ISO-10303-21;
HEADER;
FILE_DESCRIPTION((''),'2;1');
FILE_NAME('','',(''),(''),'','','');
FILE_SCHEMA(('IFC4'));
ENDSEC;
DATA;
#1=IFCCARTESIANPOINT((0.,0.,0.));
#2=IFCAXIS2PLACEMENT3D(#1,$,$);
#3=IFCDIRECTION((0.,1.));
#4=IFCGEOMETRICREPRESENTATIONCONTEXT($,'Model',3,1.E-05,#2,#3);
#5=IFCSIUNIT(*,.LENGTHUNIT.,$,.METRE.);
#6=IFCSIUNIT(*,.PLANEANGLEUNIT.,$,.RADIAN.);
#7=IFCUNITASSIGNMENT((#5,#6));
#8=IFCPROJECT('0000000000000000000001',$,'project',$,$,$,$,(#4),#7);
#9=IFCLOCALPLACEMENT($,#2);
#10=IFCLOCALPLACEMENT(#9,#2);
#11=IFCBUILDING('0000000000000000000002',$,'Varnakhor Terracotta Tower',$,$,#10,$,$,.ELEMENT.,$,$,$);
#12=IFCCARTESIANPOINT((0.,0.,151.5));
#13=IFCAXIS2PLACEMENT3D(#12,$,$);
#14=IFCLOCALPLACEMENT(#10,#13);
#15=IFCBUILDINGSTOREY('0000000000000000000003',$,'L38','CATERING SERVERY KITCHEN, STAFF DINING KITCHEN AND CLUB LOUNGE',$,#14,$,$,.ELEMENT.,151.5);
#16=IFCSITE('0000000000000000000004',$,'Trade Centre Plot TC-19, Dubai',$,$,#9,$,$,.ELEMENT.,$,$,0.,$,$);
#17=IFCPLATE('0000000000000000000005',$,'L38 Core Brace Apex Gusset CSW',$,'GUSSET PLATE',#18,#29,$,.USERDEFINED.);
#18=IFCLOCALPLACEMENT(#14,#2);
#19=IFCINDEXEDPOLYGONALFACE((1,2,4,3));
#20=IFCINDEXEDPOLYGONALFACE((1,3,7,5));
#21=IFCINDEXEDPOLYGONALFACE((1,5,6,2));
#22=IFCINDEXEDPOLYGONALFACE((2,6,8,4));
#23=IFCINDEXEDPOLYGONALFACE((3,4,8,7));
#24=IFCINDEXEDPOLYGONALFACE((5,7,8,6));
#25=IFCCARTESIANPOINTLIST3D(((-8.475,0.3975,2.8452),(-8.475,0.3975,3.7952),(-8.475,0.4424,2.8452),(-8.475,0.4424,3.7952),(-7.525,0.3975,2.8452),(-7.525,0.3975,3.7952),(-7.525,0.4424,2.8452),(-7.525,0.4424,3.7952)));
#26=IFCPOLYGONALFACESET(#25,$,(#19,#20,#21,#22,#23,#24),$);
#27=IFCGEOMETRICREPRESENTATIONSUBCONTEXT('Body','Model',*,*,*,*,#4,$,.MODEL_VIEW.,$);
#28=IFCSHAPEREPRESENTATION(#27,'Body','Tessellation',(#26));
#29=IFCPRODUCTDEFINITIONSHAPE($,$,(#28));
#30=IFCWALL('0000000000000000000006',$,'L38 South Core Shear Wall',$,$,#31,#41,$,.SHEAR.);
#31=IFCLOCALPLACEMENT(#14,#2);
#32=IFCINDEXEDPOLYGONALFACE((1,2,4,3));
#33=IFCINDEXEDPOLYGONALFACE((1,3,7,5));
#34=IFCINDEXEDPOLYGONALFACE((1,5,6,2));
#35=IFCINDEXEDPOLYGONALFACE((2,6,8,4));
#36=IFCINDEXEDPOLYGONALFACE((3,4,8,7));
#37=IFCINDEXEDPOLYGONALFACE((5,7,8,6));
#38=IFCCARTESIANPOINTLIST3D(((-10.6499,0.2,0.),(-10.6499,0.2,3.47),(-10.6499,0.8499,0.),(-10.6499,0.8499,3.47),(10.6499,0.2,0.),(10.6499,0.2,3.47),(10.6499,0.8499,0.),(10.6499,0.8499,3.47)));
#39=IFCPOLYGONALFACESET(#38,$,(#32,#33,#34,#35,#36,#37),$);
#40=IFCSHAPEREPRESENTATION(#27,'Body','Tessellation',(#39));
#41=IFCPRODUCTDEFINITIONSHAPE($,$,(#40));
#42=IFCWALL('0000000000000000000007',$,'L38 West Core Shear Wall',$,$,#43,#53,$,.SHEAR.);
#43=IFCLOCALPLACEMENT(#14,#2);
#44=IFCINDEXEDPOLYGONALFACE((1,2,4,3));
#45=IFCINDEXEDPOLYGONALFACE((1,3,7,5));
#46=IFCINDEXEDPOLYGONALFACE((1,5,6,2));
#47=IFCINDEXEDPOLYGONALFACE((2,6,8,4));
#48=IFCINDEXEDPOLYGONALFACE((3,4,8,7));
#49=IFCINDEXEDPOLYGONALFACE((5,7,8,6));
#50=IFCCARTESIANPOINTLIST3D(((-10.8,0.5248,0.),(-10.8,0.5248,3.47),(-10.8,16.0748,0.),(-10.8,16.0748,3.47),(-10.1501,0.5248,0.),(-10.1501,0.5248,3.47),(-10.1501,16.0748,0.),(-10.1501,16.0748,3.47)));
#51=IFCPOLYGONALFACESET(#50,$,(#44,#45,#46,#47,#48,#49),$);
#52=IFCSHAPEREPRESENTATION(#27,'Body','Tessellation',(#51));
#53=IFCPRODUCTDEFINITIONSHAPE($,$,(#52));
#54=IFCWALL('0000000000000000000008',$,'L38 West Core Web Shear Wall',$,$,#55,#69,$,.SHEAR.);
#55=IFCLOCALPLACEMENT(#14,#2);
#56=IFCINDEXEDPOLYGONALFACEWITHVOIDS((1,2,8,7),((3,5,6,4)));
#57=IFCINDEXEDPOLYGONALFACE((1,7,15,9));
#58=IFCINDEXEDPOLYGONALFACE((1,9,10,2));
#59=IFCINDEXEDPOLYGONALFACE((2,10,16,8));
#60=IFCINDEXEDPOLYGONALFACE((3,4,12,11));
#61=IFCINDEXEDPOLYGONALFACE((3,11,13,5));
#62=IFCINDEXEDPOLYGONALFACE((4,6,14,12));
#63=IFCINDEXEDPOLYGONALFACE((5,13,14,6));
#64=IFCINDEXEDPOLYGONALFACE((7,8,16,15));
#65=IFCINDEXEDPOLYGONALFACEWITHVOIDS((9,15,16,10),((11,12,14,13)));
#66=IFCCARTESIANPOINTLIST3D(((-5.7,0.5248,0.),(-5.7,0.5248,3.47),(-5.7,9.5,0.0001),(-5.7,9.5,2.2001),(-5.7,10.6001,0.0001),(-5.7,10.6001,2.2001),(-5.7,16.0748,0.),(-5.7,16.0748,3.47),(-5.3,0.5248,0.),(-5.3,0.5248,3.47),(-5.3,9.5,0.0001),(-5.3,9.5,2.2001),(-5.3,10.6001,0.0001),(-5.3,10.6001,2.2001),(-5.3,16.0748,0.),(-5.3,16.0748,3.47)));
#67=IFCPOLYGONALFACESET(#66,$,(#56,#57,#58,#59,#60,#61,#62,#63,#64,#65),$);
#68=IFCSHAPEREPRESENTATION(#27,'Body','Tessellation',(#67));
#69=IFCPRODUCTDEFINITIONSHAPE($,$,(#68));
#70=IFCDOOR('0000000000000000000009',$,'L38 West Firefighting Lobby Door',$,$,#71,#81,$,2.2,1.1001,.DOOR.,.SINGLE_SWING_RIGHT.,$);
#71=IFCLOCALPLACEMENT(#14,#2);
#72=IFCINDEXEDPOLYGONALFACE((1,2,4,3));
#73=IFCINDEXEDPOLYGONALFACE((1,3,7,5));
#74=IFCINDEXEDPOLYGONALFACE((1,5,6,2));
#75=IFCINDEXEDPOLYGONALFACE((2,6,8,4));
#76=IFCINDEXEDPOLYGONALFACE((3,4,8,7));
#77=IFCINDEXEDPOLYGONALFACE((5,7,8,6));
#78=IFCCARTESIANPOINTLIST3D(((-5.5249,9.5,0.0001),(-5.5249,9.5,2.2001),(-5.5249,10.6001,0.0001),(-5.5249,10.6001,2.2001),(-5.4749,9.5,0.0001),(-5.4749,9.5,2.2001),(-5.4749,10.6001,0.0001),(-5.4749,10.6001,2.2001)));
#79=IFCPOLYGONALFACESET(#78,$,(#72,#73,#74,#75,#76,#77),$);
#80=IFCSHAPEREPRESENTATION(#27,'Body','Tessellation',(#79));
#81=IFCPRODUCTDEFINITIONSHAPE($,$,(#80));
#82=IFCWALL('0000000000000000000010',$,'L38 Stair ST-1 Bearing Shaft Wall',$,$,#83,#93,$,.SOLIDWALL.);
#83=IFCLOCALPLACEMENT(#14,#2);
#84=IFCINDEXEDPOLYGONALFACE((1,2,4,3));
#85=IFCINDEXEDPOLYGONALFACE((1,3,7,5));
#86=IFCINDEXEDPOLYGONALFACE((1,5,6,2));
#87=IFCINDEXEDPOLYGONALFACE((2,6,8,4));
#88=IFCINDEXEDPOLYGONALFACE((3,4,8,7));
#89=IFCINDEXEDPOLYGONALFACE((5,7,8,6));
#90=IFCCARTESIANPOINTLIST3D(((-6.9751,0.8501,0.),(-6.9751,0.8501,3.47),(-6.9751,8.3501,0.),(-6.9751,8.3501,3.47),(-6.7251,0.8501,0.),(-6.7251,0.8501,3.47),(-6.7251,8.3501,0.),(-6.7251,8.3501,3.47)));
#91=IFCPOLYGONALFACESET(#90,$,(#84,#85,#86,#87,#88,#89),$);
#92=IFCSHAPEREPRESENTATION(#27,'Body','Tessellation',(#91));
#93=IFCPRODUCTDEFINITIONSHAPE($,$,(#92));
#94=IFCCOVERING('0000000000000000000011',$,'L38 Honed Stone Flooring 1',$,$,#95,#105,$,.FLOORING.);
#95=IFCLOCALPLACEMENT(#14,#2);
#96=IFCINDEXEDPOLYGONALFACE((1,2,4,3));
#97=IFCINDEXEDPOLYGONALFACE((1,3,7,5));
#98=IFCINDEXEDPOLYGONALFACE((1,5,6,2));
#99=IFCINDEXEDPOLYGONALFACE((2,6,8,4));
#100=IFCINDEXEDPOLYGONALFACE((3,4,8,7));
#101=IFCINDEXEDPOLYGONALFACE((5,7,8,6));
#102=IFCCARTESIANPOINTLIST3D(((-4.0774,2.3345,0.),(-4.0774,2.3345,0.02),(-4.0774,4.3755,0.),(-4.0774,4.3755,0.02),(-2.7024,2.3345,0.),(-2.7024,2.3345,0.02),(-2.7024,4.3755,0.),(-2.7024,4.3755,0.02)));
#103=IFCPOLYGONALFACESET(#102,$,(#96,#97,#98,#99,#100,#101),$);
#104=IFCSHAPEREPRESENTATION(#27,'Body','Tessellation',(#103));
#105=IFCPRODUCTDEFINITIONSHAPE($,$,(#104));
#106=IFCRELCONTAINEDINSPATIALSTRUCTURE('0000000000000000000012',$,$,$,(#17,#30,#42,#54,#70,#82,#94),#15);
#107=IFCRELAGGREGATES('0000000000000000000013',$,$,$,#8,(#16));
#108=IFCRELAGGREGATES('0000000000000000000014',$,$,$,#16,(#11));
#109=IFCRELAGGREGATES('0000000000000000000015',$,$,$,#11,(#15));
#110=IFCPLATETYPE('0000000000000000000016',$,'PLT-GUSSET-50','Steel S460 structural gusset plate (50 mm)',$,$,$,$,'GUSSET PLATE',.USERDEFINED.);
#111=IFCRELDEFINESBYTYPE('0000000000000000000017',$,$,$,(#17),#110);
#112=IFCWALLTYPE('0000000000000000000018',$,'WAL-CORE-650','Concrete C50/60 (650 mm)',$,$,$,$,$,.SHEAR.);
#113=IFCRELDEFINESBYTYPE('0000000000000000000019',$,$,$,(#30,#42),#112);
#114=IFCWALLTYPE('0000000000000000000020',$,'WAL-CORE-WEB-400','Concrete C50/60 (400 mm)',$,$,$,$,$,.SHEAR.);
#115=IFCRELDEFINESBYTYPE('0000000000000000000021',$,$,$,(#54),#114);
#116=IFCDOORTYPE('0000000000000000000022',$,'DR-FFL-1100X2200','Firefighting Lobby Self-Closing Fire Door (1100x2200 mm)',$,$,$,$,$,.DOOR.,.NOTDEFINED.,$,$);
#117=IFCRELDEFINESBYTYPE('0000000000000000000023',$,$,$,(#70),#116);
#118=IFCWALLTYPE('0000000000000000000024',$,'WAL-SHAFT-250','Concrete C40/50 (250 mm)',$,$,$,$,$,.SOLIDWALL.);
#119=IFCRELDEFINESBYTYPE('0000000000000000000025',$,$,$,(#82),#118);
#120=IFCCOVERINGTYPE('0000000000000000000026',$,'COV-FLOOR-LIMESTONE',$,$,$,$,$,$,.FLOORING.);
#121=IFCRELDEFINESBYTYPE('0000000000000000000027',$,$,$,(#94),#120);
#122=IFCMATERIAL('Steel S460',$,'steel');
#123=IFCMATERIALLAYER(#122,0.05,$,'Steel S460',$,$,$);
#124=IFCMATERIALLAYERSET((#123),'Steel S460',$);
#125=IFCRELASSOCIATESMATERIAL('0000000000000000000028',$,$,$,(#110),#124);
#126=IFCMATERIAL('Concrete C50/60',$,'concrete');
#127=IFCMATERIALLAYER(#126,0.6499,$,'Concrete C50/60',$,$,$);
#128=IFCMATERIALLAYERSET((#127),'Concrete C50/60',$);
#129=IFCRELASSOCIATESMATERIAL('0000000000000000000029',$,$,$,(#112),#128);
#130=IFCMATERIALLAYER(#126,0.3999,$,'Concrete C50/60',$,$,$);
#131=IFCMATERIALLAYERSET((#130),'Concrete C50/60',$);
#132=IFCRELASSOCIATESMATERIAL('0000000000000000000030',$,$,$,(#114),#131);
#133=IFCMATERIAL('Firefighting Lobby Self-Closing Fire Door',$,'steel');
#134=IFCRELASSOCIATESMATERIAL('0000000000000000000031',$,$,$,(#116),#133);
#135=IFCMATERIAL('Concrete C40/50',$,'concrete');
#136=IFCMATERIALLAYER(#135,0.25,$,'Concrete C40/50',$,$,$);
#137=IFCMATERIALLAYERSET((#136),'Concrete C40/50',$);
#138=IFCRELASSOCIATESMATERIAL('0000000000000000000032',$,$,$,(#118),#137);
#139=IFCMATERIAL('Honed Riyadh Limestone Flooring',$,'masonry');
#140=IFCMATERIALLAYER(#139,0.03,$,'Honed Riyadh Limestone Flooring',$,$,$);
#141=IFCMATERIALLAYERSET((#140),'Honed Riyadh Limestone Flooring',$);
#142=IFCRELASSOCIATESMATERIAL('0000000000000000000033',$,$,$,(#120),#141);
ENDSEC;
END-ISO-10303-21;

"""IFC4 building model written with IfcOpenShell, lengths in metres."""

from ifc_helpers import new_model, si_unit, direction, frame, frame_2d, origin, origin_2d, place, context, subcontext, project, spatial, rectangle, extrude, source, transform, mapped, material, layer, layer_set, type_object, type_shapes, element, fill, save


model = new_model("IFC4")

# Units and contexts
model_context = context("Model", 3, precision=1e-05, world=origin(), true_north=direction((0.0, 1.0)))
body_context = subcontext(model_context, "Body", "Model", "MODEL_VIEW")
ifc_project = project(units=[si_unit("LENGTHUNIT", "METRE"), si_unit("PLANEANGLEUNIT", "RADIAN")], contexts=[model_context])

# Site, building, storey
site_placement = place(None, origin())
site = spatial("IfcSite", under=ifc_project, at=site_placement, Name="Trade Centre Plot TC-19, Dubai", CompositionType="ELEMENT", RefElevation=0.0)
building_placement = place(site_placement, origin())
building = spatial("IfcBuilding", under=site, at=building_placement, Name="Varnakhor Terracotta Tower", CompositionType="ELEMENT")
storey_placement = place(building_placement, frame((0.0, 0.0, 151.5)))
storey = spatial("IfcBuildingStorey", under=building, at=storey_placement, Name="L38", Description="CATERING SERVERY KITCHEN, STAFF DINING KITCHEN AND CLUB LOUNGE", CompositionType="ELEMENT", Elevation=151.5)

# Shared definitions
ifc_material_1 = material(Name="Concrete C50/60", Category="concrete")

# Shared definitions
ifc_material_2 = material(Name="Steel S460", Category="steel")

# Plate
ifc_layer_1 = layer(ifc_material_2, 0.05, Name="Steel S460")
ifc_layer_set_1 = layer_set([ifc_layer_1], Name="Steel S460")
plate_type = type_object("IfcPlateType", Name="PLT-GUSSET-50", Description="Steel S460 structural gusset plate (50 mm)", ElementType="GUSSET PLATE", PredefinedType="USERDEFINED", material=ifc_layer_set_1)
shared_shape_1 = source(origin(), body_context, "Body", "SweptSolid", [
    extrude(rectangle(XDim=0.95, YDim=0.0449, at=origin_2d()), origin(), (0.0, 0.0, 1.0), 0.95),
])
plate_placement = place(storey_placement, frame((-8.0, 0.4199, 2.8452), z_axis=(0.0, 0.0, 1.0), x_axis=(1.0, 0.0, 0.0)))
element("IfcPlate", 1, at=plate_placement, inside=storey, type_object=plate_type, Name="L38 Core Brace Apex Gusset CSW", ObjectType="GUSSET PLATE", PredefinedType="USERDEFINED", context=body_context, shape_type="MappedRepresentation", body=[
    mapped(shared_shape_1, transform((0.0, 0.0, 0.0), scale=1.0)),
])

# Walls
ifc_layer_2 = layer(ifc_material_1, 0.6499, Name="Concrete C50/60")
ifc_layer_set_2 = layer_set([ifc_layer_2], Name="Concrete C50/60")
wall_type_1 = type_object("IfcWallType", Name="WAL-CORE-650", Description="Concrete C50/60 (650 mm)", PredefinedType="SHEAR", material=ifc_layer_set_2)
wall_1_placement = place(storey_placement, frame((-10.6499, 0.5249, 0.0), z_axis=(0.0, 0.0, 1.0), x_axis=(1.0, 0.0, 0.0)))
element("IfcWall", 2, at=wall_1_placement, inside=storey, type_object=wall_type_1, Name="L38 South Core Shear Wall", PredefinedType="SHEAR", context=body_context, shape_type="SweptSolid", body=[
    extrude(rectangle(XDim=21.2998, YDim=0.6499, at=frame_2d((10.6499, 0.0))), origin(), (0.0, 0.0, 1.0), 3.47),
])
wall_2_placement = place(storey_placement, frame((-10.4751, 0.5249, 0.0), z_axis=(0.0, 0.0, 1.0), x_axis=(0.0, 1.0, 0.0)))
element("IfcWall", 3, at=wall_2_placement, inside=storey, type_object=wall_type_1, Name="L38 West Core Shear Wall", PredefinedType="SHEAR", context=body_context, shape_type="SweptSolid", body=[
    extrude(rectangle(XDim=15.55, YDim=0.6499, at=frame_2d((7.7749, 0.0))), origin(), (0.0, 0.0, 1.0), 3.47),
])

# Wall, opening, door
ifc_layer_3 = layer(ifc_material_1, 0.3999, Name="Concrete C50/60")
ifc_layer_set_3 = layer_set([ifc_layer_3], Name="Concrete C50/60")
wall_type_2 = type_object("IfcWallType", Name="WAL-CORE-WEB-400", Description="Concrete C50/60 (400 mm)", PredefinedType="SHEAR", material=ifc_layer_set_3)
wall_3_placement = place(storey_placement, frame((-5.5, 0.5249, 0.0), z_axis=(0.0, 0.0, 1.0), x_axis=(0.0, 1.0, 0.0)))
wall_3 = element("IfcWall", 4, at=wall_3_placement, inside=storey, type_object=wall_type_2, Name="L38 West Core Web Shear Wall", PredefinedType="SHEAR", context=body_context, shape_type="SweptSolid", body=[
    extrude(rectangle(XDim=15.55, YDim=0.3999, at=frame_2d((7.7749, 0.0))), origin(), (0.0, 0.0, 1.0), 3.47),
])
opening_placement = place(wall_3_placement, frame((8.9751, 0.0, 0.0)))
opening = element("IfcOpeningElement", 5, at=opening_placement, cuts=wall_3, PredefinedType="OPENING", context=body_context, shape_type="SweptSolid", body=[
    extrude(rectangle(XDim=1.1001, YDim=2.2, at=frame_2d((0.55, 1.1001))), frame((0.0, 0.21, 0.0), z_axis=(0.0, -1.0, 0.0), x_axis=(1.0, 0.0, 0.0)), (0.0, 0.0, 1.0), 0.4199),
])
ifc_material_3 = material(Name="Firefighting Lobby Self-Closing Fire Door", Category="steel")
door_type = type_object("IfcDoorType", Name="DR-FFL-1100X2200", Description="Firefighting Lobby Self-Closing Fire Door (1100x2200 mm)", OperationType="NOTDEFINED", PredefinedType="DOOR", material=ifc_material_3)
shared_shape_2 = source(origin(), body_context, "Body", "SweptSolid", [
    extrude(rectangle(XDim=1.1001, YDim=2.2, at=frame_2d((0.55, 1.1001))), frame((0.0, 0.0249, 0.0), z_axis=(0.0, -1.0, 0.0), x_axis=(1.0, 0.0, 0.0)), (0.0, 0.0, 1.0), 0.05),
])
type_shapes(door_type, [shared_shape_2])
door_placement = place(opening_placement, origin())
door = element("IfcDoor", 6, at=door_placement, inside=storey, type_object=door_type, Name="L38 West Firefighting Lobby Door", OperationType="SINGLE_SWING_RIGHT", OverallHeight=2.2, OverallWidth=1.1001, PredefinedType="DOOR", context=body_context, shape_type="MappedRepresentation", body=[
    mapped(shared_shape_2, transform((0.0, 0.0, 0.0), scale=1.0)),
])
fill(opening, door)

# Wall
ifc_material_4 = material(Name="Concrete C40/50", Category="concrete")
ifc_layer_4 = layer(ifc_material_4, 0.25, Name="Concrete C40/50")
ifc_layer_set_4 = layer_set([ifc_layer_4], Name="Concrete C40/50")
wall_type_3 = type_object("IfcWallType", Name="WAL-SHAFT-250", Description="Concrete C40/50 (250 mm)", PredefinedType="SOLIDWALL", material=ifc_layer_set_4)
wall_4_placement = place(storey_placement, frame((-6.8501, 0.8501, 0.0), z_axis=(0.0, 0.0, 1.0), x_axis=(0.0, 1.0, 0.0)))
element("IfcWall", 7, at=wall_4_placement, inside=storey, type_object=wall_type_3, Name="L38 Stair ST-1 Bearing Shaft Wall", PredefinedType="SOLIDWALL", context=body_context, shape_type="SweptSolid", body=[
    extrude(rectangle(XDim=7.5, YDim=0.25, at=frame_2d((3.75, 0.0))), origin(), (0.0, 0.0, 1.0), 3.47),
])

# Covering
ifc_material_5 = material(Name="Honed Riyadh Limestone Flooring", Category="masonry")
ifc_layer_5 = layer(ifc_material_5, 0.03, Name="Honed Riyadh Limestone Flooring")
ifc_layer_set_5 = layer_set([ifc_layer_5], Name="Honed Riyadh Limestone Flooring")
covering_type = type_object("IfcCoveringType", Name="COV-FLOOR-LIMESTONE", PredefinedType="FLOORING", material=ifc_layer_set_5)
shared_shape_3 = source(origin(), body_context, "Body", "SweptSolid", [
    extrude(rectangle(XDim=1.375, YDim=2.041, at=origin_2d()), origin(), (0.0, 0.0, 1.0), 0.02),
])
covering_placement = place(storey_placement, frame((-3.3899, 3.355, 0.0), z_axis=(0.0, 0.0, 1.0), x_axis=(1.0, 0.0, 0.0)))
element("IfcCovering", 8, at=covering_placement, inside=storey, type_object=covering_type, Name="L38 Honed Stone Flooring 1", PredefinedType="FLOORING", context=body_context, shape_type="MappedRepresentation", body=[
    mapped(shared_shape_3, transform((0.0, 0.0, 0.0), scale=1.0)),
])

save(model, "model.ifc")
